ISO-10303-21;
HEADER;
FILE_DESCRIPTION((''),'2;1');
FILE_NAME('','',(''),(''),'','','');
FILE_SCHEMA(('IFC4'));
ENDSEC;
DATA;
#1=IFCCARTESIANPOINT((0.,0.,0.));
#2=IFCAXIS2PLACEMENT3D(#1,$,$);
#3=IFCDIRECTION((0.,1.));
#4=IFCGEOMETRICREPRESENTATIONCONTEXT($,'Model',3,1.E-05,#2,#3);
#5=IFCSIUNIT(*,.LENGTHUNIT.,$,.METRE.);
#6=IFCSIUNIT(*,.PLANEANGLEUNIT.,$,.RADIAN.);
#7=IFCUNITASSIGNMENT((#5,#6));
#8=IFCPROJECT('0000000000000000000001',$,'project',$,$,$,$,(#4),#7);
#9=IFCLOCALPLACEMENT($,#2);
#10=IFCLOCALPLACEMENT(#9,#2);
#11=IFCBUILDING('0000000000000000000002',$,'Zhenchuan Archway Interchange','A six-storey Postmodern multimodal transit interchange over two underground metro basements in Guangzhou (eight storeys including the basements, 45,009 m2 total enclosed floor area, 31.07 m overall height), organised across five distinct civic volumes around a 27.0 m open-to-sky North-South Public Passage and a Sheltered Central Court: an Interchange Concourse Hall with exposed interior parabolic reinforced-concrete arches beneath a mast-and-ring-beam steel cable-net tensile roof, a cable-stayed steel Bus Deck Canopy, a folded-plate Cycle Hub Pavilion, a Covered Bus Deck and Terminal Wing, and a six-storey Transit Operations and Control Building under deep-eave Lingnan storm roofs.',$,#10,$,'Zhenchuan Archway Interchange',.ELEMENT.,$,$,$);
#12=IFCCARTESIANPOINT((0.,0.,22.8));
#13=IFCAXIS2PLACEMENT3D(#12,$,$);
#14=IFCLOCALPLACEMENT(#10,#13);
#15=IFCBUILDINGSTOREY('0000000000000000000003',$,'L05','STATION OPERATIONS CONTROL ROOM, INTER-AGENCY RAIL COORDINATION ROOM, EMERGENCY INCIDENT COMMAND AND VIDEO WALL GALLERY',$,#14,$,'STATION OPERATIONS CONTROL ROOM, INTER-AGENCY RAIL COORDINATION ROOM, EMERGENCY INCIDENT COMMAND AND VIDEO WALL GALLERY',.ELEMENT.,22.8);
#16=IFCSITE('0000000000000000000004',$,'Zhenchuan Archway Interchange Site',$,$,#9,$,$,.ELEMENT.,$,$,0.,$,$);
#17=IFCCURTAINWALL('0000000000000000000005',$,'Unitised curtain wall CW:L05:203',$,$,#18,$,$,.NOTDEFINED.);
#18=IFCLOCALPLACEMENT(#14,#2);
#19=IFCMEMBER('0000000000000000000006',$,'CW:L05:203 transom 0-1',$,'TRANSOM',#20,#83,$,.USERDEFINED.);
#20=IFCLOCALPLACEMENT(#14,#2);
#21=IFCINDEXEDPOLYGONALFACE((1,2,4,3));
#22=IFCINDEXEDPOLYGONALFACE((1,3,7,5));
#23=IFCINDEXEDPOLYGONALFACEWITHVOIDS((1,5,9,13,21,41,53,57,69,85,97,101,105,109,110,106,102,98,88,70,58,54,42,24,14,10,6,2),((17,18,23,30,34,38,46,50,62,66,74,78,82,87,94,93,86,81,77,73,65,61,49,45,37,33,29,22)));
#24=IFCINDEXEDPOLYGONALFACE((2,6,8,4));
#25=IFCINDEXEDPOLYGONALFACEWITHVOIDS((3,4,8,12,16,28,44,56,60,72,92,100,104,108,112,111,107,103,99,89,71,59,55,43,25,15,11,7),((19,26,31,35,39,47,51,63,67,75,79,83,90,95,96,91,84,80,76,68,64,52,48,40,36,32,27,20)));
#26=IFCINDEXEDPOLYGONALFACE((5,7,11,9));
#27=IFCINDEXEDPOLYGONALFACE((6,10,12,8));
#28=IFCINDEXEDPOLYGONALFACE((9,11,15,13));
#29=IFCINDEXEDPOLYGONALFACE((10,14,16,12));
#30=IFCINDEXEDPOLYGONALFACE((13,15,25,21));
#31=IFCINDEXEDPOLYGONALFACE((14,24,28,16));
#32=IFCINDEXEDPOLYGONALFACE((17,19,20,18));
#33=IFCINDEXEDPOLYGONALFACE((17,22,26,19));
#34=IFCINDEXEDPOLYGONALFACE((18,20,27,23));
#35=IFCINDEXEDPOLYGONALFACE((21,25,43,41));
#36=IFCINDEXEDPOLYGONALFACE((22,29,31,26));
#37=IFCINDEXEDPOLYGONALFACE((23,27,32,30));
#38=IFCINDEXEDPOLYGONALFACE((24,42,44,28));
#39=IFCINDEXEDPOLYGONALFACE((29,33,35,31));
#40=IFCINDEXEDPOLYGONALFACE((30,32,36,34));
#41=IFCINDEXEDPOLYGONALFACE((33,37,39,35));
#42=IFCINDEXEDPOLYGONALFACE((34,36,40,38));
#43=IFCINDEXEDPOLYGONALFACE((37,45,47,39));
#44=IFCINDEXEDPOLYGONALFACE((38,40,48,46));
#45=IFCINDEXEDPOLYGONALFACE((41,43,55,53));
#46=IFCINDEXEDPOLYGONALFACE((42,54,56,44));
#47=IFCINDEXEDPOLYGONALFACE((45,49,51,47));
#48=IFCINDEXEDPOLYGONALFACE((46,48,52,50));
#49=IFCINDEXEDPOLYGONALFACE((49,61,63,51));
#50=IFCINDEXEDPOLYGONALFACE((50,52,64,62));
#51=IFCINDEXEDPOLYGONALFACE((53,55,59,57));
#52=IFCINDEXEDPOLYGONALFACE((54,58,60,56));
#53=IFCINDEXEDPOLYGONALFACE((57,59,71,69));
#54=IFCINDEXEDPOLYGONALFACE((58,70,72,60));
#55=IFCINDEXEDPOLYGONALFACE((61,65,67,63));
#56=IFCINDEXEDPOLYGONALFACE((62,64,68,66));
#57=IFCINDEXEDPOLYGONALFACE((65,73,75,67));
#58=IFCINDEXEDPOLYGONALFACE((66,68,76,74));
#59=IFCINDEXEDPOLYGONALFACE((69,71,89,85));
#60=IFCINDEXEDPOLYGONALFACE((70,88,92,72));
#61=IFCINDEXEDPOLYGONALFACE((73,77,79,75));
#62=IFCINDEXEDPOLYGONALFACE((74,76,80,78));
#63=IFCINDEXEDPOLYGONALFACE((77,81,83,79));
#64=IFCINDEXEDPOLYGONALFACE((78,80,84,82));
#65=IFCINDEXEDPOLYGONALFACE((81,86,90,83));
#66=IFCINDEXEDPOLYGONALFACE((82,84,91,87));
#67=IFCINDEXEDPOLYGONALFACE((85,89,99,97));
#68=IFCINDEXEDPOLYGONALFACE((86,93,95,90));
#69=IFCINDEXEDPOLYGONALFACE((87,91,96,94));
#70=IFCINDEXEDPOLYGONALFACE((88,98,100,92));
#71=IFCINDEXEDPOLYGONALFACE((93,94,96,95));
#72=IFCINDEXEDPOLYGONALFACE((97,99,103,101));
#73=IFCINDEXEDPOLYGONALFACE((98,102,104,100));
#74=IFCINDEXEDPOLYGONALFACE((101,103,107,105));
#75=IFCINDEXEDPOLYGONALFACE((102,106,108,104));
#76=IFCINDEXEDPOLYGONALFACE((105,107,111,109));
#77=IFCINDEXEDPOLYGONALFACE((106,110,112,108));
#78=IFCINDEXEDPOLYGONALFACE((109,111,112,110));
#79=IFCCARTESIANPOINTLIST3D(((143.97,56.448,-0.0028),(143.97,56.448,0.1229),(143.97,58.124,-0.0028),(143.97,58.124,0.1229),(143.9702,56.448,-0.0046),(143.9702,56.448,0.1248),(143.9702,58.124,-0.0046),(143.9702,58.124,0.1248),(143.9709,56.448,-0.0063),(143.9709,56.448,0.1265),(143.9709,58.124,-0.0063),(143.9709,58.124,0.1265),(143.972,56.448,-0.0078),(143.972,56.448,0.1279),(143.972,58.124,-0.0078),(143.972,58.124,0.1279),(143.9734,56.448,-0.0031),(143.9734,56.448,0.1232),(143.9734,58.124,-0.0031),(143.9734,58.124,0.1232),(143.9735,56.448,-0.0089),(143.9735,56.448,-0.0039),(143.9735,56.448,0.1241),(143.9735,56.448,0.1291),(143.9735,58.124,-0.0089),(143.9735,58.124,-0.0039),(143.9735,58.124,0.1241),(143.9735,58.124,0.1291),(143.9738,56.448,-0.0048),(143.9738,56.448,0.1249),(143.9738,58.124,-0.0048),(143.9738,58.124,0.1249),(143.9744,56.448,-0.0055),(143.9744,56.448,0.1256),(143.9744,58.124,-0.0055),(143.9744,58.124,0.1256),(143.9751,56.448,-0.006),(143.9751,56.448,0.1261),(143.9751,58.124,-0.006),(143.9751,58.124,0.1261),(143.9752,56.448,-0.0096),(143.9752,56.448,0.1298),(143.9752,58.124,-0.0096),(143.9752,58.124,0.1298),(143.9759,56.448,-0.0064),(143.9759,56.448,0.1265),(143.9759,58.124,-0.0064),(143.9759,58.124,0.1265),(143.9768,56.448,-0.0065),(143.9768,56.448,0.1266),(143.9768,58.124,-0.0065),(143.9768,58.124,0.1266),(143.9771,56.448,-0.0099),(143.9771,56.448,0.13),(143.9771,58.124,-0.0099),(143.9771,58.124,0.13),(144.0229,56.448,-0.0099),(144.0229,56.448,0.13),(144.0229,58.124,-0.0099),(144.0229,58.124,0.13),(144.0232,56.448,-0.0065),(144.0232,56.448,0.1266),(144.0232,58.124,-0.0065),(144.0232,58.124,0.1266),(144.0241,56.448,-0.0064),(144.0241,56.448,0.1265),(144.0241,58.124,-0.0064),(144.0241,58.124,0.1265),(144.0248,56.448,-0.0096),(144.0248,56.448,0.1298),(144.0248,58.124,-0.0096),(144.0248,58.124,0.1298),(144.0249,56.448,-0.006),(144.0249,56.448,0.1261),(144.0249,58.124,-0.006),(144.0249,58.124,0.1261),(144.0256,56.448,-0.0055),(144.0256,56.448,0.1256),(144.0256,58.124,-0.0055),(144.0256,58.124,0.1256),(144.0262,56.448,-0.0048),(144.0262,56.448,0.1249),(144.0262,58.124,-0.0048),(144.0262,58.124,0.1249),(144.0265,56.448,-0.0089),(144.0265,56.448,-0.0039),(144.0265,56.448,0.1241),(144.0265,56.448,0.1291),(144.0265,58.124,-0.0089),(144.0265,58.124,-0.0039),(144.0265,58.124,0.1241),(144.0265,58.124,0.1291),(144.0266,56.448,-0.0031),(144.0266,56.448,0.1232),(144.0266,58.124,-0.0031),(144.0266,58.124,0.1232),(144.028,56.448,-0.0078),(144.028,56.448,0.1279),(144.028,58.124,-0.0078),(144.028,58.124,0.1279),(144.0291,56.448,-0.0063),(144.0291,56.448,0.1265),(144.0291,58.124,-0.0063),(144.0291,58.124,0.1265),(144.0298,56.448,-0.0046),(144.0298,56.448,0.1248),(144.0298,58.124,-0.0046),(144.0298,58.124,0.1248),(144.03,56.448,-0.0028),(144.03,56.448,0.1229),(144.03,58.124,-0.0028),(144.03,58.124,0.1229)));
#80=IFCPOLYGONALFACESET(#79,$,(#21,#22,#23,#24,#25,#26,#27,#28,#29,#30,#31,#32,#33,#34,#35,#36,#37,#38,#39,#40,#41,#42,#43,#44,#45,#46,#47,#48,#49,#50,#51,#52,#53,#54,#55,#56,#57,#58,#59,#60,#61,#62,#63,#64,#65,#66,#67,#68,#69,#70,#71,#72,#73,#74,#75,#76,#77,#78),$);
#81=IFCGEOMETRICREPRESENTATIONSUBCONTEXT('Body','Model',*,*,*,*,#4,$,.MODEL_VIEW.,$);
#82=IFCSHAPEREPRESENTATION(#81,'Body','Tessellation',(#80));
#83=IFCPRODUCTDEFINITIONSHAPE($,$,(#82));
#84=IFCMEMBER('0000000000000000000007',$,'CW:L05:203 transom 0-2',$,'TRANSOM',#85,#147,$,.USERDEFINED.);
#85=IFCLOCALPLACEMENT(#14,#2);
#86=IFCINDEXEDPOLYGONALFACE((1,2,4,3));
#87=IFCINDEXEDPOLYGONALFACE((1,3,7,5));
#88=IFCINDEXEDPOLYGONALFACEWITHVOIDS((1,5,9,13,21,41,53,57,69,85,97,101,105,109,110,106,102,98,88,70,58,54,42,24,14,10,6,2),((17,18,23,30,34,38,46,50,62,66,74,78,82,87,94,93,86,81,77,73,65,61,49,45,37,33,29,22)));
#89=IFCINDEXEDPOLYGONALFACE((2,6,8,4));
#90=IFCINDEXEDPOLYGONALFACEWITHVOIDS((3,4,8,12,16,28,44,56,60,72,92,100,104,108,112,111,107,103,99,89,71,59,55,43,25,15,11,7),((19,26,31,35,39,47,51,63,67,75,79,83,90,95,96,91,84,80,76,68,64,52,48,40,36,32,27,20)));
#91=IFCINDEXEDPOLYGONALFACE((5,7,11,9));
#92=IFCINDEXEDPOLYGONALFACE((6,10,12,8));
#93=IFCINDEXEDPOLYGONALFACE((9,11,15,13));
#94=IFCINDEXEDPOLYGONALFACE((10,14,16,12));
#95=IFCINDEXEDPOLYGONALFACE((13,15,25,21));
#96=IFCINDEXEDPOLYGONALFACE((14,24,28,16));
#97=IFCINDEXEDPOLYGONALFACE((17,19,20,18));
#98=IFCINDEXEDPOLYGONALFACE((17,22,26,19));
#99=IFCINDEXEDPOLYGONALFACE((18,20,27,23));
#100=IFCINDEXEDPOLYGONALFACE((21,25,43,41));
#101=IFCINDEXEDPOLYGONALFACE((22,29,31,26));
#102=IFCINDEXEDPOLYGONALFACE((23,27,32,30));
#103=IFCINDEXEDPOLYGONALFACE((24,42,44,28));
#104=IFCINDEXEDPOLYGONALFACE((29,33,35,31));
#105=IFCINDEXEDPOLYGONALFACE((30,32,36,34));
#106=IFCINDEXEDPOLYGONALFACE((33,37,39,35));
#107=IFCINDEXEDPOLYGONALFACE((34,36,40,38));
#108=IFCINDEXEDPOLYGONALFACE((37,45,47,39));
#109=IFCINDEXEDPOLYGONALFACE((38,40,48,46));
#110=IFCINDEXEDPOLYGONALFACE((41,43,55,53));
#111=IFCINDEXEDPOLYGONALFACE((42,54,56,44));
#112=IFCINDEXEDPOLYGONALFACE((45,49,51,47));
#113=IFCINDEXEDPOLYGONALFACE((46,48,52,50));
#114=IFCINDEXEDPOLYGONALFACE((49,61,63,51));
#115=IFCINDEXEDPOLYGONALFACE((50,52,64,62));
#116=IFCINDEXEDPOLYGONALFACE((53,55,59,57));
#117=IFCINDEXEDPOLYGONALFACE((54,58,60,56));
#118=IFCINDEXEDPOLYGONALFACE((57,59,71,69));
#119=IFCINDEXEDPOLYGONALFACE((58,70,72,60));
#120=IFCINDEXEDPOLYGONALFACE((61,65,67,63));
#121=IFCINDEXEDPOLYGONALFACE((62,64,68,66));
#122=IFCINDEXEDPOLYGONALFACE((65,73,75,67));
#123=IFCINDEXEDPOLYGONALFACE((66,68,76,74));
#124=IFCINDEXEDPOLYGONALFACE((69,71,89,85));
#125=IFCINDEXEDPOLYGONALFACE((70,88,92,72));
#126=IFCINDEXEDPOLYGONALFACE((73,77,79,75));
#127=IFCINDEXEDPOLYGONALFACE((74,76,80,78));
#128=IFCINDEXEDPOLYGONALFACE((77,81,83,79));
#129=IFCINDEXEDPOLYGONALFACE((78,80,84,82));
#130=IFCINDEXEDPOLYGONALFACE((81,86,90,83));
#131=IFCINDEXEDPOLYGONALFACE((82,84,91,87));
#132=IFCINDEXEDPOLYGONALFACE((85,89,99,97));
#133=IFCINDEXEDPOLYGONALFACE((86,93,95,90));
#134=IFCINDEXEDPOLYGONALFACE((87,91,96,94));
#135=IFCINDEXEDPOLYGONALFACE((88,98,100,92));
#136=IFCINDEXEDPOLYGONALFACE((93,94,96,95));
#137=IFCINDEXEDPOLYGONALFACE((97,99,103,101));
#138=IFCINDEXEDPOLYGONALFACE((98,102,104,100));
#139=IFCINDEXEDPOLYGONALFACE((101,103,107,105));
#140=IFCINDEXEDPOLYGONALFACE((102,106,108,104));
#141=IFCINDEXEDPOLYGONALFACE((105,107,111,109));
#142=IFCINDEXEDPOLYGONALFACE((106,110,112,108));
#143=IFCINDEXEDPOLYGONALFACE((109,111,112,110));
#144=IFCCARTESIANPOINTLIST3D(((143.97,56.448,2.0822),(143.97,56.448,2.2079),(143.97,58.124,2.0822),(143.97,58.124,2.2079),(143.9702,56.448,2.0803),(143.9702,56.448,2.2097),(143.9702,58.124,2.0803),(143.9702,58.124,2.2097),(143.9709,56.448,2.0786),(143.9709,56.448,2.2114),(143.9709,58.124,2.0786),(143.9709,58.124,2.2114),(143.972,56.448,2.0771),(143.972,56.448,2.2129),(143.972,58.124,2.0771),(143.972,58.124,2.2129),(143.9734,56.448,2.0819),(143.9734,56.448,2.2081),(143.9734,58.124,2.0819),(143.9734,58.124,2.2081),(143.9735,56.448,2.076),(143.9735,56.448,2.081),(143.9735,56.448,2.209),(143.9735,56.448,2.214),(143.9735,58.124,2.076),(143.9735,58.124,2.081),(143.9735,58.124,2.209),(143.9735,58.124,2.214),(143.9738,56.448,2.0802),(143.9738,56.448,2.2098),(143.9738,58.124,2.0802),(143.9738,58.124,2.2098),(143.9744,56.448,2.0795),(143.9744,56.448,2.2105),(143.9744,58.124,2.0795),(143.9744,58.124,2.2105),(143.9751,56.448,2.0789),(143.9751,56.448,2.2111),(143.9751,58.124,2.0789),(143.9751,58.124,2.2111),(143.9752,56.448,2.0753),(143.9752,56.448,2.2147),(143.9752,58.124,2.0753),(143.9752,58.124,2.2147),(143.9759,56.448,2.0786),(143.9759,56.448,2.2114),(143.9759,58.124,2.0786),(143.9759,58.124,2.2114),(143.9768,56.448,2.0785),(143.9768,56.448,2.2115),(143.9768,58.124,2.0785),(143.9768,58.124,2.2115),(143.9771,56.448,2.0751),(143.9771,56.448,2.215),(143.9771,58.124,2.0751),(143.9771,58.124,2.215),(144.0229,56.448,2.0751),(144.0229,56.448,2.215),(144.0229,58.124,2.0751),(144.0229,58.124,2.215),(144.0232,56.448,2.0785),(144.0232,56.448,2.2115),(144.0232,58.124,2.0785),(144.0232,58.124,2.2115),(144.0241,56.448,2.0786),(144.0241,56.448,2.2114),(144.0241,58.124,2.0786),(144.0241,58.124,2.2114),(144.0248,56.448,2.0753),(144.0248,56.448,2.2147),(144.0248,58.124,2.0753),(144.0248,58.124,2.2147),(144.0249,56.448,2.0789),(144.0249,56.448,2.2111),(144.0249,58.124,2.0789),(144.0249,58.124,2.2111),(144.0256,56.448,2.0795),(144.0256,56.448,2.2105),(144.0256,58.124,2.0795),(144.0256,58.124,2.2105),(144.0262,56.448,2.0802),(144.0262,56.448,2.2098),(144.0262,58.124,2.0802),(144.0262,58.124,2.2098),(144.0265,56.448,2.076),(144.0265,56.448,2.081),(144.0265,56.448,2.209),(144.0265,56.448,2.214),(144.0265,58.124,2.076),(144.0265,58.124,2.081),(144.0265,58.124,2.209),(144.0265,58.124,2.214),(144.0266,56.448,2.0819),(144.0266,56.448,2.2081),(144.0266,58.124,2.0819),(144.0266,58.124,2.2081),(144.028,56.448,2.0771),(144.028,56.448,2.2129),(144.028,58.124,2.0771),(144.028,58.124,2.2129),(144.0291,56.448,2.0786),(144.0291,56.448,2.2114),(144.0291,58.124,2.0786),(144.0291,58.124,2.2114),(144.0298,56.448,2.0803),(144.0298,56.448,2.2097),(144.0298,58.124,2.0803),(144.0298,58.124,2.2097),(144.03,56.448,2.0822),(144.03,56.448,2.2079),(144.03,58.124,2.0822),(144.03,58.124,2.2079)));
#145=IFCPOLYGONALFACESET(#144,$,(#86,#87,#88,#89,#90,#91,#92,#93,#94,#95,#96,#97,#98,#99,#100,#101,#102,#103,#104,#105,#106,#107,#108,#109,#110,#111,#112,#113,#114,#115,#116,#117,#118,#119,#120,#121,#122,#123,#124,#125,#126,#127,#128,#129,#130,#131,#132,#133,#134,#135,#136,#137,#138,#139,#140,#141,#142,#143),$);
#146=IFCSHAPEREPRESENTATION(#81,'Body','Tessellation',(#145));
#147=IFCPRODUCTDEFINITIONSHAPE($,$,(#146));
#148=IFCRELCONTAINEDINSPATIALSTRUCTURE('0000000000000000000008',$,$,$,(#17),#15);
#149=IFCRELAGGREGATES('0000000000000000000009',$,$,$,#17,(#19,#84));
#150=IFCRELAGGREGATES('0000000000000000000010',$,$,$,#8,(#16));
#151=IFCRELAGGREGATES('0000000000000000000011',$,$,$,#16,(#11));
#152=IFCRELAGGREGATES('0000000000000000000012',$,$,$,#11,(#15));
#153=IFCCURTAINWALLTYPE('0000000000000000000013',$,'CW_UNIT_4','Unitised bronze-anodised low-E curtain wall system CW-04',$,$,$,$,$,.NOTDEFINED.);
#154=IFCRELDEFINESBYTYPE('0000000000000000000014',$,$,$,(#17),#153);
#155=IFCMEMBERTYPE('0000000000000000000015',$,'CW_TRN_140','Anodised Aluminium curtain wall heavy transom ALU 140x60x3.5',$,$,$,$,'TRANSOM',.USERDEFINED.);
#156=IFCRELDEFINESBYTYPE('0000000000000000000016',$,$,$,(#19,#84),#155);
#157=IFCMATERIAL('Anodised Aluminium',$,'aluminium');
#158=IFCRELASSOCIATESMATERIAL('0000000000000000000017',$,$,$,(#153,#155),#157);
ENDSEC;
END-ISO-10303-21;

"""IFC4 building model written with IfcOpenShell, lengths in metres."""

from ifc_helpers import new_model, si_unit, direction, frame, origin, origin_2d, place, context, subcontext, project, spatial, hollow_rectangle, extrude, material, material_profile, profile_set, type_object, element, aggregate, save


model = new_model("IFC4")

# Units and contexts
model_context = context("Model", 3, precision=1e-05, world=origin(), true_north=direction((0.0, 1.0)))
body_context = subcontext(model_context, "Body", "Model", "MODEL_VIEW")
ifc_project = project(units=[si_unit("LENGTHUNIT", "METRE"), si_unit("PLANEANGLEUNIT", "RADIAN")], contexts=[model_context])

# Site, building, storey
site_placement = place(None, origin())
site = spatial("IfcSite", under=ifc_project, at=site_placement, Name="Zhenchuan Archway Interchange Site", CompositionType="ELEMENT", RefElevation=0.0)
building_placement = place(site_placement, origin())
building = spatial("IfcBuilding", under=site, at=building_placement, Name="Zhenchuan Archway Interchange", Description="A six-storey Postmodern multimodal transit interchange over two underground metro basements in Guangzhou (eight storeys including the basements, 45,009 m2 total enclosed floor area, 31.07 m overall height), organised across five distinct civic volumes around a 27.0 m open-to-sky North-South Public Passage and a Sheltered Central Court: an Interchange Concourse Hall with exposed interior parabolic reinforced-concrete arches beneath a mast-and-ring-beam steel cable-net tensile roof, a cable-stayed steel Bus Deck Canopy, a folded-plate Cycle Hub Pavilion, a Covered Bus Deck and Terminal Wing, and a six-storey Transit Operations and Control Building under deep-eave Lingnan storm roofs.", LongName="Zhenchuan Archway Interchange", CompositionType="ELEMENT")
storey_placement = place(building_placement, frame((0.0, 0.0, 22.8)))
storey = spatial("IfcBuildingStorey", under=building, at=storey_placement, Name="L05", Description="STATION OPERATIONS CONTROL ROOM, INTER-AGENCY RAIL COORDINATION ROOM, EMERGENCY INCIDENT COMMAND AND VIDEO WALL GALLERY", LongName="STATION OPERATIONS CONTROL ROOM, INTER-AGENCY RAIL COORDINATION ROOM, EMERGENCY INCIDENT COMMAND AND VIDEO WALL GALLERY", CompositionType="ELEMENT", Elevation=22.8)

# Curtain wall, members
ifc_material_1 = material(Name="Anodised Aluminium", Category="aluminium")
curtain_wall_type = type_object("IfcCurtainWallType", Name="CW_UNIT_4", Description="Unitised bronze-anodised low-E curtain wall system CW-04", PredefinedType="NOTDEFINED", material=ifc_material_1)
curtain_wall_placement = place(storey_placement, origin())
curtain_wall = element("IfcCurtainWall", 1, at=curtain_wall_placement, inside=storey, type_object=curtain_wall_type, Name="Unitised curtain wall CW:L05:203", PredefinedType="NOTDEFINED")
ifc_material_profile_1 = material_profile(ifc_material_1, hollow_rectangle(XDim=0.0601, YDim=0.1399, WallThickness=0.0034, InnerFilletRadius=0.0034, OuterFilletRadius=0.0071, at=origin_2d()), Name="ALU 140x60x3.5")
ifc_profile_set_1 = profile_set([ifc_material_profile_1], Name="Anodised Aluminium")
member_type_1 = type_object("IfcMemberType", Name="CW_TRN_140", Description="Anodised Aluminium curtain wall heavy transom ALU 140x60x3.5", ElementType="TRANSOM", PredefinedType="USERDEFINED", material=ifc_profile_set_1)
member_1_placement = place(storey_placement, frame((144.0, 56.448, 0.0601), z_axis=(0.0, 1.0, 0.0), x_axis=(-1.0, 0.0, 0.0)))
member_1 = element("IfcMember", 2, at=member_1_placement, type_object=member_type_1, Name="CW:L05:203 transom 0-1", ObjectType="TRANSOM", PredefinedType="USERDEFINED", context=body_context, shape_type="SweptSolid", body=[
    extrude(hollow_rectangle(XDim=0.0601, YDim=0.1399, WallThickness=0.0034, InnerFilletRadius=0.0034, OuterFilletRadius=0.0071, at=origin_2d()), origin(), (0.0, 0.0, 1.0), 1.676),
])
member_2_placement = place(storey_placement, frame((144.0, 56.448, 2.145), z_axis=(0.0, 1.0, 0.0), x_axis=(-1.0, 0.0, 0.0)))
member_2 = element("IfcMember", 3, at=member_2_placement, type_object=member_type_1, Name="CW:L05:203 transom 0-2", ObjectType="TRANSOM", PredefinedType="USERDEFINED", context=body_context, shape_type="SweptSolid", body=[
    extrude(hollow_rectangle(XDim=0.0601, YDim=0.1399, WallThickness=0.0034, InnerFilletRadius=0.0034, OuterFilletRadius=0.0071, at=origin_2d()), origin(), (0.0, 0.0, 1.0), 1.676),
])
aggregate(curtain_wall, [member_1, member_2])

save(model, "model.ifc")
